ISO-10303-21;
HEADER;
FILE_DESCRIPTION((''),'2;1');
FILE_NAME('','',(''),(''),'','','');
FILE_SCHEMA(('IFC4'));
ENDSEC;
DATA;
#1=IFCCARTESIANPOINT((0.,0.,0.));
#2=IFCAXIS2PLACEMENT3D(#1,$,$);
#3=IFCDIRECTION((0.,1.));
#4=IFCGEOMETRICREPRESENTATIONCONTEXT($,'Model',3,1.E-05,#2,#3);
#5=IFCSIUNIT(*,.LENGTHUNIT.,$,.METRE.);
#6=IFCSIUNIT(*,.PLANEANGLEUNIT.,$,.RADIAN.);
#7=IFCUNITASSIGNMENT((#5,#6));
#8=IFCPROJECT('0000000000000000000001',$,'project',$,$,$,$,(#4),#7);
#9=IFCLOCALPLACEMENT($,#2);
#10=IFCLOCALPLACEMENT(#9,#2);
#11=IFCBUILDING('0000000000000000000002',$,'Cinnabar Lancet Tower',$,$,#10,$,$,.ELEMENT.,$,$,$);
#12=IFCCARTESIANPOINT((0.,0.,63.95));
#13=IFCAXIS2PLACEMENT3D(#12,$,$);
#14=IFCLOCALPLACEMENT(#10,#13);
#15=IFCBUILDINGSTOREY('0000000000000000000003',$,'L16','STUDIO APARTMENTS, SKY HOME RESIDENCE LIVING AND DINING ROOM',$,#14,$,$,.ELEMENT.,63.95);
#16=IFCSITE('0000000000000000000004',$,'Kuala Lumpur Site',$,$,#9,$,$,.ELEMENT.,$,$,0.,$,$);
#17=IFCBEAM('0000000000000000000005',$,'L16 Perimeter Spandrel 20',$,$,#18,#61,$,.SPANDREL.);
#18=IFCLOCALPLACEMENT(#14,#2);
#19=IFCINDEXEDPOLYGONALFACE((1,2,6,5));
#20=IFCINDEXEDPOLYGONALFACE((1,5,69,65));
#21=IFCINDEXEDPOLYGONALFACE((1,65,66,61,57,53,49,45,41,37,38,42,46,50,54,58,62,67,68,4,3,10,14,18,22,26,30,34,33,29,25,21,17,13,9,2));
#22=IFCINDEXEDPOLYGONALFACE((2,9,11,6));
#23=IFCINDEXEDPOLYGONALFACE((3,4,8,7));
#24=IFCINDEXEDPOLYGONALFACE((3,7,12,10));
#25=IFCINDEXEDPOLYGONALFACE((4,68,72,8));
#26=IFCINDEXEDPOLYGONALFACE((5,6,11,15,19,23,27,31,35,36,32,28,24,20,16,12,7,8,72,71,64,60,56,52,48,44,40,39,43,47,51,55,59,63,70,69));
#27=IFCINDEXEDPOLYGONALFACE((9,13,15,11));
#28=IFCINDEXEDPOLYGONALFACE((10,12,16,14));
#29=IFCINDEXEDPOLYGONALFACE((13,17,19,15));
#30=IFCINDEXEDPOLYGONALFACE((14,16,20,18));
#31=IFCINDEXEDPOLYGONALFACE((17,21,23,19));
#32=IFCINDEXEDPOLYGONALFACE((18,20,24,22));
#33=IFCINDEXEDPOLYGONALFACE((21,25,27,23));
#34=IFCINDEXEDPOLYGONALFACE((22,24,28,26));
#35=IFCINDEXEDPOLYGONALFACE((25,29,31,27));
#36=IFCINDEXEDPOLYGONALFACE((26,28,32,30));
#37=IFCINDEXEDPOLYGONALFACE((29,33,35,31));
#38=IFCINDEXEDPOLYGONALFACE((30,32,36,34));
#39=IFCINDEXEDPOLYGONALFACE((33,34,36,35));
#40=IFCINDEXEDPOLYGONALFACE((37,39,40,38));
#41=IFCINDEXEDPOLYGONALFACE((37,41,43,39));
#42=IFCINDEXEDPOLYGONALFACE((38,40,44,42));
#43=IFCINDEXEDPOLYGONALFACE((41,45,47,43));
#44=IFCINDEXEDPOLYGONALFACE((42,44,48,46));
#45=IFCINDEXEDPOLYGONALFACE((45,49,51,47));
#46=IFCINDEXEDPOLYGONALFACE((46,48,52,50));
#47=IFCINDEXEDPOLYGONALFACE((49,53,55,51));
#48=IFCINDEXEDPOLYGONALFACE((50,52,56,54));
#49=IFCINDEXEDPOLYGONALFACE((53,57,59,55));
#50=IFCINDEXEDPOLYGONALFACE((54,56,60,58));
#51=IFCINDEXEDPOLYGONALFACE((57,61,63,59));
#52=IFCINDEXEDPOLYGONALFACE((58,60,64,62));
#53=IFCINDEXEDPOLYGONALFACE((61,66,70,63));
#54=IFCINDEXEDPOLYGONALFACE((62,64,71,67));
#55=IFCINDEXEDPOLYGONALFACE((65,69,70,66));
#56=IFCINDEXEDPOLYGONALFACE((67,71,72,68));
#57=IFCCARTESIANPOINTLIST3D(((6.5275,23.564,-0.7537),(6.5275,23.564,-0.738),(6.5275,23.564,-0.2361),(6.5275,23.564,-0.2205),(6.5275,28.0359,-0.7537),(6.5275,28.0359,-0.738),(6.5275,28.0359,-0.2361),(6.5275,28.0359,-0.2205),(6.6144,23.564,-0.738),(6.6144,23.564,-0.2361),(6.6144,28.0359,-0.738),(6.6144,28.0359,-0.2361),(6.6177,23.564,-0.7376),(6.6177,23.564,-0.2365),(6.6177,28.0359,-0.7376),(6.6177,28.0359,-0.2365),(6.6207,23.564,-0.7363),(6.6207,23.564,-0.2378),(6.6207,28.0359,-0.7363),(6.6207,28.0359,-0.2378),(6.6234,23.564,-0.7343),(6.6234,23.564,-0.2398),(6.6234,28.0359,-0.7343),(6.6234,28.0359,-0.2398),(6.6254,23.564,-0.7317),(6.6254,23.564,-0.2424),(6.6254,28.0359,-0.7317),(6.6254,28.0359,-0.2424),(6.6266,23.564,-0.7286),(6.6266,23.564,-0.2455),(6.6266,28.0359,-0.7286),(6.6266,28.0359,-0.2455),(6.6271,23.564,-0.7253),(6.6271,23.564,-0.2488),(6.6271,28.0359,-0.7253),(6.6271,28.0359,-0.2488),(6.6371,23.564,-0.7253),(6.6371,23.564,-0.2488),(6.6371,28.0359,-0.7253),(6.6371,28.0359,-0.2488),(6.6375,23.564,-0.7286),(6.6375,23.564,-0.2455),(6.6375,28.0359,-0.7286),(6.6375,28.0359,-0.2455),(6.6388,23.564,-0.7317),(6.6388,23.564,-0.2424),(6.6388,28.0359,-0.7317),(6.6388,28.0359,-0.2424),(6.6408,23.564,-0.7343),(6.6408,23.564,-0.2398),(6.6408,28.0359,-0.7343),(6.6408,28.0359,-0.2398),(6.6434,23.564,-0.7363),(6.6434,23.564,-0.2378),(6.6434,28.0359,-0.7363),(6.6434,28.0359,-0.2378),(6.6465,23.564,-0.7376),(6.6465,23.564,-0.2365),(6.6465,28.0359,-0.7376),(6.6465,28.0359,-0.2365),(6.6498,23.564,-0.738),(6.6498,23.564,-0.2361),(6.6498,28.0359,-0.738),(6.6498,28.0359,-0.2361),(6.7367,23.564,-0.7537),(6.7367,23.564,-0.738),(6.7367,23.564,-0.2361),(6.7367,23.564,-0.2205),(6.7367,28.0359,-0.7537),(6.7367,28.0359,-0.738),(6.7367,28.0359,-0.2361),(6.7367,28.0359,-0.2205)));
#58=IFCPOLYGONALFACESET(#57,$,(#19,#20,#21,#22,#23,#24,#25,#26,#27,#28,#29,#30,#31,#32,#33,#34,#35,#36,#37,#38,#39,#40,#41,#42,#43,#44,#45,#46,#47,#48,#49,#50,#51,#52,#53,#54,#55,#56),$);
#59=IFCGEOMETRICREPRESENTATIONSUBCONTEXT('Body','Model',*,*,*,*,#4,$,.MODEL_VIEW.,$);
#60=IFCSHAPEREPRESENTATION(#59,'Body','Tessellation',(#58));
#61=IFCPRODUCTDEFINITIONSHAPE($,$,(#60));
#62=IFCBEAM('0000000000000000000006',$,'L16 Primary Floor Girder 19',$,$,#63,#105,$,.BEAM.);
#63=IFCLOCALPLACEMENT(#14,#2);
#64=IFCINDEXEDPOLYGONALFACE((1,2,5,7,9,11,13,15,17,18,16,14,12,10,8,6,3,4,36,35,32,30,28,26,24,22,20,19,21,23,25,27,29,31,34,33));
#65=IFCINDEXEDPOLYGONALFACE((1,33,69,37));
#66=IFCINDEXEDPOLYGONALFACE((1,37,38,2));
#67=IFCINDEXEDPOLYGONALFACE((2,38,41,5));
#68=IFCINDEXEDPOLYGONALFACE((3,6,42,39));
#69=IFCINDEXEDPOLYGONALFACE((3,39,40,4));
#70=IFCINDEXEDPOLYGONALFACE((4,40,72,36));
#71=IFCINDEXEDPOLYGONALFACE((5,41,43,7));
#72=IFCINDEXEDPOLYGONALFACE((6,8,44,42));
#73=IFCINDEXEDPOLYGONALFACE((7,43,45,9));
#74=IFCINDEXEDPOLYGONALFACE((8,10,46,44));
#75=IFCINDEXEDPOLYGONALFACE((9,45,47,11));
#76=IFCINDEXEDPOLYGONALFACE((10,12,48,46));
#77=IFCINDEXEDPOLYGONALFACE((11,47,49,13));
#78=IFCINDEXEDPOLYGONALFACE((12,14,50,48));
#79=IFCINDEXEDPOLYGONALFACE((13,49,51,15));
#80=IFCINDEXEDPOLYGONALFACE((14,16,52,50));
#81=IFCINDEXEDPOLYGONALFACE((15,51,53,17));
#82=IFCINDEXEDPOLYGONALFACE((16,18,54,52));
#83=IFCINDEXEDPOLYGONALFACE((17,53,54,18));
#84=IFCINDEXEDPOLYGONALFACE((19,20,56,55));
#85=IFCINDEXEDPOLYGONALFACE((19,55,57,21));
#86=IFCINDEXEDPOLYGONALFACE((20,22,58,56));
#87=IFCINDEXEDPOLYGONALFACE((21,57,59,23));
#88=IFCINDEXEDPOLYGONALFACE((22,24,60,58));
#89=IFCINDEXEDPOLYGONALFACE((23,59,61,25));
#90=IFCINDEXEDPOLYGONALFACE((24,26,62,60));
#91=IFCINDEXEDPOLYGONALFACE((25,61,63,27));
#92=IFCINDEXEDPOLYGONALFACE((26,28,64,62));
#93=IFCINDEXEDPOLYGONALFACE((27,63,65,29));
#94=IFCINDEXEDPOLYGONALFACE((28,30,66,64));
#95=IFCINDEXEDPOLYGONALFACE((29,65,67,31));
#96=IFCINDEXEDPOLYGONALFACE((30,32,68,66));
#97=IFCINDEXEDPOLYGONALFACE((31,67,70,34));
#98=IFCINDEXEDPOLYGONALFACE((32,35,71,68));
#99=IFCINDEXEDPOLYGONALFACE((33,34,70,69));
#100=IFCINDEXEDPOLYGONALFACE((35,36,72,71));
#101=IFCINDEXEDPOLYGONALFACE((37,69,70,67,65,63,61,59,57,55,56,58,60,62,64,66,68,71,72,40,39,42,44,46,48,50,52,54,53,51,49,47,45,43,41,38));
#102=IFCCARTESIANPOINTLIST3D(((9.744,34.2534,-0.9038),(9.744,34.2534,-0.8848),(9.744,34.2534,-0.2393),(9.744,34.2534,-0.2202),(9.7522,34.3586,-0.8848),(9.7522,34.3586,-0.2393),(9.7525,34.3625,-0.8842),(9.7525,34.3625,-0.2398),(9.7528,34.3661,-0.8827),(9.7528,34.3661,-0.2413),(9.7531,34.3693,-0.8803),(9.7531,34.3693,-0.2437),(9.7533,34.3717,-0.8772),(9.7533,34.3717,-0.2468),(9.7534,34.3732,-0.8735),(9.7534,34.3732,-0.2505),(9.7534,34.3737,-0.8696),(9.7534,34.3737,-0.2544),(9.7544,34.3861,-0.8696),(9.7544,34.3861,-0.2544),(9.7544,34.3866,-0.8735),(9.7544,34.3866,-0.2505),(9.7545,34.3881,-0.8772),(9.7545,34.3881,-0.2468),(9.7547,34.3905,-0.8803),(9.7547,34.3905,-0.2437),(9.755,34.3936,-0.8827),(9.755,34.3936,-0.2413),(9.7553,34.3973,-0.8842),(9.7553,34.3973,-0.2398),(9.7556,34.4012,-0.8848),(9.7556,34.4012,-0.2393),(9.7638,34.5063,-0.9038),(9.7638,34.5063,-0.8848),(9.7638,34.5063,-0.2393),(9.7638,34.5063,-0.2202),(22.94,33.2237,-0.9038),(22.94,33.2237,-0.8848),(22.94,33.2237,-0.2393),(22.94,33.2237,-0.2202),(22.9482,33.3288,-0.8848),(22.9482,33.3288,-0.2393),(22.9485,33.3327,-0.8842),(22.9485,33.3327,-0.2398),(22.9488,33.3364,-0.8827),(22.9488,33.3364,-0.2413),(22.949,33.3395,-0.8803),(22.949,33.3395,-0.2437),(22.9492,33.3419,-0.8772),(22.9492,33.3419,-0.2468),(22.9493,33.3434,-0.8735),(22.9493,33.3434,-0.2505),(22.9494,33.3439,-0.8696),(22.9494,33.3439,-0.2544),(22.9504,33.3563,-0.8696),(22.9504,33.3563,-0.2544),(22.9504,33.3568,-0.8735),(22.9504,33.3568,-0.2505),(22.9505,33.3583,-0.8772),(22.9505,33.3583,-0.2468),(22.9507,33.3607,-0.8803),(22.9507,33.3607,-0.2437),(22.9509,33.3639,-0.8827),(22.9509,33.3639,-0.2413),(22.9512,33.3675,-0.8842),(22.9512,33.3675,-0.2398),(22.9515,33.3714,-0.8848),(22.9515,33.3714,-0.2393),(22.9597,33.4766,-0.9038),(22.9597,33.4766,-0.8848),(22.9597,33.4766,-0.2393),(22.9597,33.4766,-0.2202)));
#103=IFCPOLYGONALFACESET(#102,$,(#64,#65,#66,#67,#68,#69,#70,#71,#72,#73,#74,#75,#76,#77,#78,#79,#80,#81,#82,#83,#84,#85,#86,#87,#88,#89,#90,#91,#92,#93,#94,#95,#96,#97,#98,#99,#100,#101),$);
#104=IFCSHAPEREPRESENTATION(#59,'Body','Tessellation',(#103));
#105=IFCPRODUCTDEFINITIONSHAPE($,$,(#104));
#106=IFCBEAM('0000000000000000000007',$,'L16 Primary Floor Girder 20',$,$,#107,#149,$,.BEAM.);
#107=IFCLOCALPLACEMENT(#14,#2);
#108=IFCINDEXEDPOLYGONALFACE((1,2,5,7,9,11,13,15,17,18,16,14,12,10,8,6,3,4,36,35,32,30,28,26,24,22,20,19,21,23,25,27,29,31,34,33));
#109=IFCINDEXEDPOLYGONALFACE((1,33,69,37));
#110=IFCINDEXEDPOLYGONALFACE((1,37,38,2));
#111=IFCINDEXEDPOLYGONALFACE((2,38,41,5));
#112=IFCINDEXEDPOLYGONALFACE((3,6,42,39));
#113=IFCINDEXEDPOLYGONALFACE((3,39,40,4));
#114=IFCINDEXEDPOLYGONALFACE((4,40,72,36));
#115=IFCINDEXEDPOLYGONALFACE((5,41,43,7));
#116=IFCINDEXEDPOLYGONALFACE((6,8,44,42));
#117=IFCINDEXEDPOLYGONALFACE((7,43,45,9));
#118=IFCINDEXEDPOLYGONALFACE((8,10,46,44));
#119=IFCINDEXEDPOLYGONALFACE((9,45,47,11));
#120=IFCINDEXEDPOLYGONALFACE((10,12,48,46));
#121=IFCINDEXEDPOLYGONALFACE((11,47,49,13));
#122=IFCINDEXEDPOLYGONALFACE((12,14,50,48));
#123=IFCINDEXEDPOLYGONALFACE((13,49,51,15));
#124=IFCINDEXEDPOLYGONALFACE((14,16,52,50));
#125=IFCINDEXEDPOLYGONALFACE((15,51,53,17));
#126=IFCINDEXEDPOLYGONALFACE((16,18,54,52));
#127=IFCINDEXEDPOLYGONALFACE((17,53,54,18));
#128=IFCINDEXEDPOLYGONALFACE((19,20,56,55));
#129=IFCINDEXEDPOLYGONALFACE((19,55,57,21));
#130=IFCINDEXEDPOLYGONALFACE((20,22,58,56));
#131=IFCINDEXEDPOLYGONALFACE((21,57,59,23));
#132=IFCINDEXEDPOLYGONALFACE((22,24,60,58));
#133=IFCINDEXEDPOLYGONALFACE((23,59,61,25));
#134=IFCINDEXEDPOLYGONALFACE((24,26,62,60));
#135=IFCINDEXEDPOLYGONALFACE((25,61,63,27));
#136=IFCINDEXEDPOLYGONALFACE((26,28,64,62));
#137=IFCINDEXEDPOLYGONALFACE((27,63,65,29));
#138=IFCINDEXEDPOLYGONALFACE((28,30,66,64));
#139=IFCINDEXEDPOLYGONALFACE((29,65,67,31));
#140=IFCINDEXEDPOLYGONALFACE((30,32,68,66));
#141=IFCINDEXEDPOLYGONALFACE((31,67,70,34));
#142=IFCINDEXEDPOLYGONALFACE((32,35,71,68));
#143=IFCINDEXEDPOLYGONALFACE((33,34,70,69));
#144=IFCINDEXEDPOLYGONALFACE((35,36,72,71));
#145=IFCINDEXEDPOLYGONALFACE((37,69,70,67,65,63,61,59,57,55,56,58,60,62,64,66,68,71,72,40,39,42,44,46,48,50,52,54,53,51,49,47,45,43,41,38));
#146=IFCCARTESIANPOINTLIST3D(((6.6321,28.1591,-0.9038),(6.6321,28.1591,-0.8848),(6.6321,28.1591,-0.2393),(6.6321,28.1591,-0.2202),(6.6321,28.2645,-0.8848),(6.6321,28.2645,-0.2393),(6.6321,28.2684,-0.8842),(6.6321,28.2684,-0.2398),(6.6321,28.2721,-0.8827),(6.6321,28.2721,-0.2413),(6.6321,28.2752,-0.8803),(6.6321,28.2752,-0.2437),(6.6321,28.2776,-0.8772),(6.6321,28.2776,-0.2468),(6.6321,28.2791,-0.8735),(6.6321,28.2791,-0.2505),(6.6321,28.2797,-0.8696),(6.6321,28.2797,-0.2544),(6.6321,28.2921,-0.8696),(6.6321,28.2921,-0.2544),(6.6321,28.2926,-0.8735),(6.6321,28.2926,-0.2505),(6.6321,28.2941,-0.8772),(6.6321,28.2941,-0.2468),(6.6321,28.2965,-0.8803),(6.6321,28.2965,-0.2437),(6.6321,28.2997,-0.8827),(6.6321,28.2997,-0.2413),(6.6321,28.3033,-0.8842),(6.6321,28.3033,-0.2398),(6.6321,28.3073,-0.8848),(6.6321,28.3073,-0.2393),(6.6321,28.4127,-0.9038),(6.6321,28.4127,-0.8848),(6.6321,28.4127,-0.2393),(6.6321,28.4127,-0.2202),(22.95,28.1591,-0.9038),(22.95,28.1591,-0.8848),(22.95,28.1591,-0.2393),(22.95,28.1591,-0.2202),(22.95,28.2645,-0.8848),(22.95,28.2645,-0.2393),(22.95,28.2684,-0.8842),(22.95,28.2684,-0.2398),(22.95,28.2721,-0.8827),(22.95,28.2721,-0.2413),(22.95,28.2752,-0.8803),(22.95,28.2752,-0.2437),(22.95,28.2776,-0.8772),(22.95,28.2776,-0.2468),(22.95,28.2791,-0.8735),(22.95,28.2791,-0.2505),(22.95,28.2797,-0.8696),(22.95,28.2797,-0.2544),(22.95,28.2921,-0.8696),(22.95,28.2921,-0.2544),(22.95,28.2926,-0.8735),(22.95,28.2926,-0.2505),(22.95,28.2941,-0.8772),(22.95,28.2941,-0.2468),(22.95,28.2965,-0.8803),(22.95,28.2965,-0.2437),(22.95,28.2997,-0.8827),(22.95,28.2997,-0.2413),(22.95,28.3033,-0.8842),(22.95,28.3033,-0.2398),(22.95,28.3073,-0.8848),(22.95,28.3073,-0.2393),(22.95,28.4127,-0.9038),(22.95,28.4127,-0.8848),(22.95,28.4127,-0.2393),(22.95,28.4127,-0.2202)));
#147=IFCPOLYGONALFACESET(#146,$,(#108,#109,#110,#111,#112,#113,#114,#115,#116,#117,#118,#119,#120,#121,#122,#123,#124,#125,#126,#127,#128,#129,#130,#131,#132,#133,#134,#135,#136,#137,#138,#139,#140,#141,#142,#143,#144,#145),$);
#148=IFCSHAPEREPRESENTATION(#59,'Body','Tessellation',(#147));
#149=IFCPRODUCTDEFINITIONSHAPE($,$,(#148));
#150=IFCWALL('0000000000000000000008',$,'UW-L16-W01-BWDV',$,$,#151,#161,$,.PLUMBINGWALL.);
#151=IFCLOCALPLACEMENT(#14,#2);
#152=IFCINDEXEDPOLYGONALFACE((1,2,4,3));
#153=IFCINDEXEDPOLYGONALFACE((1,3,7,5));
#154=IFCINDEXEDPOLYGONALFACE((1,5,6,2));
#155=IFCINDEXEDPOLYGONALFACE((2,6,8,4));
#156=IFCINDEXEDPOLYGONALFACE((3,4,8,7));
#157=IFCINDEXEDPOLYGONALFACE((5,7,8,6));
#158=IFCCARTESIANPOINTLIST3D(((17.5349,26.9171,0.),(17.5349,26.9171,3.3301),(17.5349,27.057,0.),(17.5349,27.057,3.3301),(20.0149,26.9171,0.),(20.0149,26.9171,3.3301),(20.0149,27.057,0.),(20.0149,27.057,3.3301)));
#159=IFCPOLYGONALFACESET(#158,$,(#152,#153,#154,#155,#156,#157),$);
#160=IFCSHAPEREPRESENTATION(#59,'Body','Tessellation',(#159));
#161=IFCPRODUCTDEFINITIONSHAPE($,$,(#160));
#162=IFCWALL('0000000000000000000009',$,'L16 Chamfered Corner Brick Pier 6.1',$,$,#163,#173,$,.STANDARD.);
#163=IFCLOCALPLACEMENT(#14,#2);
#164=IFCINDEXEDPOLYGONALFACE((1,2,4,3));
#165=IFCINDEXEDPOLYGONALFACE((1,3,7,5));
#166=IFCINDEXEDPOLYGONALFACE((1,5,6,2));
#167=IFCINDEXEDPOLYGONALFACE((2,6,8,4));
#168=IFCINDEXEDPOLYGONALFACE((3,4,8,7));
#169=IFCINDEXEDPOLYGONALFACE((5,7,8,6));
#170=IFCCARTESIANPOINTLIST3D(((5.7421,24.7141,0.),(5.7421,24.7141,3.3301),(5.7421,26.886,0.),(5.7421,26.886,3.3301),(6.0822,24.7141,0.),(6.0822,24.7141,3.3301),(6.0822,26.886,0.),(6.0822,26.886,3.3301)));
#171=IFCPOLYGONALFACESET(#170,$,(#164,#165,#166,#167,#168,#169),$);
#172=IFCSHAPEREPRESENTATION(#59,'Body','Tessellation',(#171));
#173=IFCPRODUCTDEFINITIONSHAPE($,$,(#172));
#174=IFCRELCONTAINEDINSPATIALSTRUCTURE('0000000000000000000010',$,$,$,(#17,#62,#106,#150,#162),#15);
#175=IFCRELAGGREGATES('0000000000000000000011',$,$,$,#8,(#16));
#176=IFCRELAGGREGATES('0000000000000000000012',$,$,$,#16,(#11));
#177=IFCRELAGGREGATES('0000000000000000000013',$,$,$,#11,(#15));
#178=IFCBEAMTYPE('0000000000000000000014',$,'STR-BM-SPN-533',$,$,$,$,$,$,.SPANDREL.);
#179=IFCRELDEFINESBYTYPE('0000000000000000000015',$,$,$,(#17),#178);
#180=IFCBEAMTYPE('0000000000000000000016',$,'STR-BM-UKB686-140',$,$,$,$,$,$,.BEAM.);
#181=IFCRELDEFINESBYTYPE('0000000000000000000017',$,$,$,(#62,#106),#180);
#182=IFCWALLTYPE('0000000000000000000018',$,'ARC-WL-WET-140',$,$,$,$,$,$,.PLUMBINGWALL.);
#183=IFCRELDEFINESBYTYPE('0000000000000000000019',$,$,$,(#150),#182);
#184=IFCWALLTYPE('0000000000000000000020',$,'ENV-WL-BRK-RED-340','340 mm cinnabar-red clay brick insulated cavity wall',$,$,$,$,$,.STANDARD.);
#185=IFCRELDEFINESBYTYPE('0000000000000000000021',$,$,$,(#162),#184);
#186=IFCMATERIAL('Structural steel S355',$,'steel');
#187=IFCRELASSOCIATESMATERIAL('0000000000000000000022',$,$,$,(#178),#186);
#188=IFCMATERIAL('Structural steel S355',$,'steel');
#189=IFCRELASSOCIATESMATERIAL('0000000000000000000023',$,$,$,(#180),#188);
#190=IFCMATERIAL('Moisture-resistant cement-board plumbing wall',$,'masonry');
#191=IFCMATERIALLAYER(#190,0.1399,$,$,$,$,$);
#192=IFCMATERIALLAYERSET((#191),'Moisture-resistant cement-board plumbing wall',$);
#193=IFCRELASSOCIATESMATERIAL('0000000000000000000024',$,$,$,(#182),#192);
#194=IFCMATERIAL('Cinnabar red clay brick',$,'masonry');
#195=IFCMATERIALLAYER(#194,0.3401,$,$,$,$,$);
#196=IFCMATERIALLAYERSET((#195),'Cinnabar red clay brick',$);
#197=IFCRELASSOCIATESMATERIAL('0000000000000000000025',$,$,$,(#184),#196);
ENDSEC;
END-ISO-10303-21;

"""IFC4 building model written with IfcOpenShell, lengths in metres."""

from ifc_helpers import new_model, si_unit, direction, frame, frame_2d, origin, origin_2d, place, context, subcontext, project, spatial, rectangle, i_section, extrude, material, layer, layer_set, material_profile, profile_set, type_object, element, save


model = new_model("IFC4")

# Units and contexts
model_context = context("Model", 3, precision=1e-05, world=origin(), true_north=direction((0.0, 1.0)))
body_context = subcontext(model_context, "Body", "Model", "MODEL_VIEW")
ifc_project = project(units=[si_unit("LENGTHUNIT", "METRE"), si_unit("PLANEANGLEUNIT", "RADIAN")], contexts=[model_context])

# Site, building, storey
site_placement = place(None, origin())
site = spatial("IfcSite", under=ifc_project, at=site_placement, Name="Kuala Lumpur Site", CompositionType="ELEMENT", RefElevation=0.0)
building_placement = place(site_placement, origin())
building = spatial("IfcBuilding", under=site, at=building_placement, Name="Cinnabar Lancet Tower", CompositionType="ELEMENT")
storey_placement = place(building_placement, frame((0.0, 0.0, 63.95)))
storey = spatial("IfcBuildingStorey", under=building, at=storey_placement, Name="L16", Description="STUDIO APARTMENTS, SKY HOME RESIDENCE LIVING AND DINING ROOM", CompositionType="ELEMENT", Elevation=63.95)

# Beams
ifc_material_1 = material(Name="Structural steel S355", Category="steel")
ifc_material_profile_1 = material_profile(ifc_material_1, i_section(OverallWidth=0.2092, OverallDepth=0.5332, WebThickness=0.01, FlangeThickness=0.0156, FilletRadius=0.0127, at=origin_2d()), Name="UKB 533x210x92")
ifc_profile_set_1 = profile_set([ifc_material_profile_1], Name="Structural steel S355")
beam_type_1 = type_object("IfcBeamType", Name="STR-BM-SPN-533", PredefinedType="SPANDREL", material=ifc_profile_set_1)
beam_1_placement = place(storey_placement, frame((6.6321, 28.0359, -0.4871), z_axis=(0.0, -1.0, 0.0), x_axis=(1.0, 0.0, 0.0)))
element("IfcBeam", 1, at=beam_1_placement, inside=storey, type_object=beam_type_1, Name="L16 Perimeter Spandrel 20", PredefinedType="SPANDREL", context=body_context, shape_type="SweptSolid", body=[
    extrude(i_section(OverallWidth=0.2092, OverallDepth=0.5332, WebThickness=0.01, FlangeThickness=0.0156, FilletRadius=0.0127, at=origin_2d()), origin(), (0.0, 0.0, 1.0), 4.4719),
])
ifc_material_2 = material(Name="Structural steel S355", Category="steel")
ifc_material_profile_2 = material_profile(ifc_material_2, i_section(OverallWidth=0.2537, OverallDepth=0.6836, WebThickness=0.0125, FlangeThickness=0.019, FilletRadius=0.0151, at=origin_2d()), Name="UKB 686x254x140")
ifc_profile_set_2 = profile_set([ifc_material_profile_2], Name="Structural steel S355")
beam_type_2 = type_object("IfcBeamType", Name="STR-BM-UKB686-140", PredefinedType="BEAM", material=ifc_profile_set_2)
beam_2_placement = place(storey_placement, frame((9.7539, 34.3799, -0.562), z_axis=(0.996969, -0.077801, 0.0), x_axis=(0.077801, 0.996969, 0.0)))
element("IfcBeam", 2, at=beam_2_placement, inside=storey, type_object=beam_type_2, Name="L16 Primary Floor Girder 19", PredefinedType="BEAM", context=body_context, shape_type="SweptSolid", body=[
    extrude(i_section(OverallWidth=0.2537, OverallDepth=0.6836, WebThickness=0.0125, FlangeThickness=0.019, FilletRadius=0.0151, at=origin_2d()), origin(), (0.0, 0.0, 1.0), 13.2361),
])
beam_3_placement = place(storey_placement, frame((6.6321, 28.2859, -0.562), z_axis=(1.0, 0.0, 0.0), x_axis=(0.0, 1.0, 0.0)))
element("IfcBeam", 3, at=beam_3_placement, inside=storey, type_object=beam_type_2, Name="L16 Primary Floor Girder 20", PredefinedType="BEAM", context=body_context, shape_type="SweptSolid", body=[
    extrude(i_section(OverallWidth=0.2537, OverallDepth=0.6836, WebThickness=0.0125, FlangeThickness=0.019, FilletRadius=0.0151, at=origin_2d()), origin(), (0.0, 0.0, 1.0), 16.3179),
])

# Walls
ifc_material_3 = material(Name="Moisture-resistant cement-board plumbing wall", Category="masonry")
ifc_layer_1 = layer(ifc_material_3, 0.1399)
ifc_layer_set_1 = layer_set([ifc_layer_1], Name="Moisture-resistant cement-board plumbing wall")
wall_type_1 = type_object("IfcWallType", Name="ARC-WL-WET-140", PredefinedType="PLUMBINGWALL", material=ifc_layer_set_1)
wall_1_placement = place(storey_placement, frame((17.5349, 26.9871, 0.0), z_axis=(0.0, 0.0, 1.0), x_axis=(1.0, 0.0, 0.0)))
element("IfcWall", 4, at=wall_1_placement, inside=storey, type_object=wall_type_1, Name="UW-L16-W01-BWDV", PredefinedType="PLUMBINGWALL", context=body_context, shape_type="SweptSolid", body=[
    extrude(rectangle(XDim=2.48, YDim=0.1399, at=frame_2d((1.24, 0.0))), origin(), (0.0, 0.0, 1.0), 3.3301),
])
ifc_material_4 = material(Name="Cinnabar red clay brick", Category="masonry")
ifc_layer_2 = layer(ifc_material_4, 0.3401)
ifc_layer_set_2 = layer_set([ifc_layer_2], Name="Cinnabar red clay brick")
wall_type_2 = type_object("IfcWallType", Name="ENV-WL-BRK-RED-340", Description="340 mm cinnabar-red clay brick insulated cavity wall", PredefinedType="STANDARD", material=ifc_layer_set_2)
wall_2_placement = place(storey_placement, frame((5.9121, 26.886, 0.0), z_axis=(0.0, 0.0, 1.0), x_axis=(0.0, -1.0, 0.0)))
element("IfcWall", 5, at=wall_2_placement, inside=storey, type_object=wall_type_2, Name="L16 Chamfered Corner Brick Pier 6.1", PredefinedType="STANDARD", context=body_context, shape_type="SweptSolid", body=[
    extrude(rectangle(XDim=2.1719, YDim=0.3401, at=frame_2d((1.0859, 0.0))), origin(), (0.0, 0.0, 1.0), 3.3301),
])

save(model, "model.ifc")
